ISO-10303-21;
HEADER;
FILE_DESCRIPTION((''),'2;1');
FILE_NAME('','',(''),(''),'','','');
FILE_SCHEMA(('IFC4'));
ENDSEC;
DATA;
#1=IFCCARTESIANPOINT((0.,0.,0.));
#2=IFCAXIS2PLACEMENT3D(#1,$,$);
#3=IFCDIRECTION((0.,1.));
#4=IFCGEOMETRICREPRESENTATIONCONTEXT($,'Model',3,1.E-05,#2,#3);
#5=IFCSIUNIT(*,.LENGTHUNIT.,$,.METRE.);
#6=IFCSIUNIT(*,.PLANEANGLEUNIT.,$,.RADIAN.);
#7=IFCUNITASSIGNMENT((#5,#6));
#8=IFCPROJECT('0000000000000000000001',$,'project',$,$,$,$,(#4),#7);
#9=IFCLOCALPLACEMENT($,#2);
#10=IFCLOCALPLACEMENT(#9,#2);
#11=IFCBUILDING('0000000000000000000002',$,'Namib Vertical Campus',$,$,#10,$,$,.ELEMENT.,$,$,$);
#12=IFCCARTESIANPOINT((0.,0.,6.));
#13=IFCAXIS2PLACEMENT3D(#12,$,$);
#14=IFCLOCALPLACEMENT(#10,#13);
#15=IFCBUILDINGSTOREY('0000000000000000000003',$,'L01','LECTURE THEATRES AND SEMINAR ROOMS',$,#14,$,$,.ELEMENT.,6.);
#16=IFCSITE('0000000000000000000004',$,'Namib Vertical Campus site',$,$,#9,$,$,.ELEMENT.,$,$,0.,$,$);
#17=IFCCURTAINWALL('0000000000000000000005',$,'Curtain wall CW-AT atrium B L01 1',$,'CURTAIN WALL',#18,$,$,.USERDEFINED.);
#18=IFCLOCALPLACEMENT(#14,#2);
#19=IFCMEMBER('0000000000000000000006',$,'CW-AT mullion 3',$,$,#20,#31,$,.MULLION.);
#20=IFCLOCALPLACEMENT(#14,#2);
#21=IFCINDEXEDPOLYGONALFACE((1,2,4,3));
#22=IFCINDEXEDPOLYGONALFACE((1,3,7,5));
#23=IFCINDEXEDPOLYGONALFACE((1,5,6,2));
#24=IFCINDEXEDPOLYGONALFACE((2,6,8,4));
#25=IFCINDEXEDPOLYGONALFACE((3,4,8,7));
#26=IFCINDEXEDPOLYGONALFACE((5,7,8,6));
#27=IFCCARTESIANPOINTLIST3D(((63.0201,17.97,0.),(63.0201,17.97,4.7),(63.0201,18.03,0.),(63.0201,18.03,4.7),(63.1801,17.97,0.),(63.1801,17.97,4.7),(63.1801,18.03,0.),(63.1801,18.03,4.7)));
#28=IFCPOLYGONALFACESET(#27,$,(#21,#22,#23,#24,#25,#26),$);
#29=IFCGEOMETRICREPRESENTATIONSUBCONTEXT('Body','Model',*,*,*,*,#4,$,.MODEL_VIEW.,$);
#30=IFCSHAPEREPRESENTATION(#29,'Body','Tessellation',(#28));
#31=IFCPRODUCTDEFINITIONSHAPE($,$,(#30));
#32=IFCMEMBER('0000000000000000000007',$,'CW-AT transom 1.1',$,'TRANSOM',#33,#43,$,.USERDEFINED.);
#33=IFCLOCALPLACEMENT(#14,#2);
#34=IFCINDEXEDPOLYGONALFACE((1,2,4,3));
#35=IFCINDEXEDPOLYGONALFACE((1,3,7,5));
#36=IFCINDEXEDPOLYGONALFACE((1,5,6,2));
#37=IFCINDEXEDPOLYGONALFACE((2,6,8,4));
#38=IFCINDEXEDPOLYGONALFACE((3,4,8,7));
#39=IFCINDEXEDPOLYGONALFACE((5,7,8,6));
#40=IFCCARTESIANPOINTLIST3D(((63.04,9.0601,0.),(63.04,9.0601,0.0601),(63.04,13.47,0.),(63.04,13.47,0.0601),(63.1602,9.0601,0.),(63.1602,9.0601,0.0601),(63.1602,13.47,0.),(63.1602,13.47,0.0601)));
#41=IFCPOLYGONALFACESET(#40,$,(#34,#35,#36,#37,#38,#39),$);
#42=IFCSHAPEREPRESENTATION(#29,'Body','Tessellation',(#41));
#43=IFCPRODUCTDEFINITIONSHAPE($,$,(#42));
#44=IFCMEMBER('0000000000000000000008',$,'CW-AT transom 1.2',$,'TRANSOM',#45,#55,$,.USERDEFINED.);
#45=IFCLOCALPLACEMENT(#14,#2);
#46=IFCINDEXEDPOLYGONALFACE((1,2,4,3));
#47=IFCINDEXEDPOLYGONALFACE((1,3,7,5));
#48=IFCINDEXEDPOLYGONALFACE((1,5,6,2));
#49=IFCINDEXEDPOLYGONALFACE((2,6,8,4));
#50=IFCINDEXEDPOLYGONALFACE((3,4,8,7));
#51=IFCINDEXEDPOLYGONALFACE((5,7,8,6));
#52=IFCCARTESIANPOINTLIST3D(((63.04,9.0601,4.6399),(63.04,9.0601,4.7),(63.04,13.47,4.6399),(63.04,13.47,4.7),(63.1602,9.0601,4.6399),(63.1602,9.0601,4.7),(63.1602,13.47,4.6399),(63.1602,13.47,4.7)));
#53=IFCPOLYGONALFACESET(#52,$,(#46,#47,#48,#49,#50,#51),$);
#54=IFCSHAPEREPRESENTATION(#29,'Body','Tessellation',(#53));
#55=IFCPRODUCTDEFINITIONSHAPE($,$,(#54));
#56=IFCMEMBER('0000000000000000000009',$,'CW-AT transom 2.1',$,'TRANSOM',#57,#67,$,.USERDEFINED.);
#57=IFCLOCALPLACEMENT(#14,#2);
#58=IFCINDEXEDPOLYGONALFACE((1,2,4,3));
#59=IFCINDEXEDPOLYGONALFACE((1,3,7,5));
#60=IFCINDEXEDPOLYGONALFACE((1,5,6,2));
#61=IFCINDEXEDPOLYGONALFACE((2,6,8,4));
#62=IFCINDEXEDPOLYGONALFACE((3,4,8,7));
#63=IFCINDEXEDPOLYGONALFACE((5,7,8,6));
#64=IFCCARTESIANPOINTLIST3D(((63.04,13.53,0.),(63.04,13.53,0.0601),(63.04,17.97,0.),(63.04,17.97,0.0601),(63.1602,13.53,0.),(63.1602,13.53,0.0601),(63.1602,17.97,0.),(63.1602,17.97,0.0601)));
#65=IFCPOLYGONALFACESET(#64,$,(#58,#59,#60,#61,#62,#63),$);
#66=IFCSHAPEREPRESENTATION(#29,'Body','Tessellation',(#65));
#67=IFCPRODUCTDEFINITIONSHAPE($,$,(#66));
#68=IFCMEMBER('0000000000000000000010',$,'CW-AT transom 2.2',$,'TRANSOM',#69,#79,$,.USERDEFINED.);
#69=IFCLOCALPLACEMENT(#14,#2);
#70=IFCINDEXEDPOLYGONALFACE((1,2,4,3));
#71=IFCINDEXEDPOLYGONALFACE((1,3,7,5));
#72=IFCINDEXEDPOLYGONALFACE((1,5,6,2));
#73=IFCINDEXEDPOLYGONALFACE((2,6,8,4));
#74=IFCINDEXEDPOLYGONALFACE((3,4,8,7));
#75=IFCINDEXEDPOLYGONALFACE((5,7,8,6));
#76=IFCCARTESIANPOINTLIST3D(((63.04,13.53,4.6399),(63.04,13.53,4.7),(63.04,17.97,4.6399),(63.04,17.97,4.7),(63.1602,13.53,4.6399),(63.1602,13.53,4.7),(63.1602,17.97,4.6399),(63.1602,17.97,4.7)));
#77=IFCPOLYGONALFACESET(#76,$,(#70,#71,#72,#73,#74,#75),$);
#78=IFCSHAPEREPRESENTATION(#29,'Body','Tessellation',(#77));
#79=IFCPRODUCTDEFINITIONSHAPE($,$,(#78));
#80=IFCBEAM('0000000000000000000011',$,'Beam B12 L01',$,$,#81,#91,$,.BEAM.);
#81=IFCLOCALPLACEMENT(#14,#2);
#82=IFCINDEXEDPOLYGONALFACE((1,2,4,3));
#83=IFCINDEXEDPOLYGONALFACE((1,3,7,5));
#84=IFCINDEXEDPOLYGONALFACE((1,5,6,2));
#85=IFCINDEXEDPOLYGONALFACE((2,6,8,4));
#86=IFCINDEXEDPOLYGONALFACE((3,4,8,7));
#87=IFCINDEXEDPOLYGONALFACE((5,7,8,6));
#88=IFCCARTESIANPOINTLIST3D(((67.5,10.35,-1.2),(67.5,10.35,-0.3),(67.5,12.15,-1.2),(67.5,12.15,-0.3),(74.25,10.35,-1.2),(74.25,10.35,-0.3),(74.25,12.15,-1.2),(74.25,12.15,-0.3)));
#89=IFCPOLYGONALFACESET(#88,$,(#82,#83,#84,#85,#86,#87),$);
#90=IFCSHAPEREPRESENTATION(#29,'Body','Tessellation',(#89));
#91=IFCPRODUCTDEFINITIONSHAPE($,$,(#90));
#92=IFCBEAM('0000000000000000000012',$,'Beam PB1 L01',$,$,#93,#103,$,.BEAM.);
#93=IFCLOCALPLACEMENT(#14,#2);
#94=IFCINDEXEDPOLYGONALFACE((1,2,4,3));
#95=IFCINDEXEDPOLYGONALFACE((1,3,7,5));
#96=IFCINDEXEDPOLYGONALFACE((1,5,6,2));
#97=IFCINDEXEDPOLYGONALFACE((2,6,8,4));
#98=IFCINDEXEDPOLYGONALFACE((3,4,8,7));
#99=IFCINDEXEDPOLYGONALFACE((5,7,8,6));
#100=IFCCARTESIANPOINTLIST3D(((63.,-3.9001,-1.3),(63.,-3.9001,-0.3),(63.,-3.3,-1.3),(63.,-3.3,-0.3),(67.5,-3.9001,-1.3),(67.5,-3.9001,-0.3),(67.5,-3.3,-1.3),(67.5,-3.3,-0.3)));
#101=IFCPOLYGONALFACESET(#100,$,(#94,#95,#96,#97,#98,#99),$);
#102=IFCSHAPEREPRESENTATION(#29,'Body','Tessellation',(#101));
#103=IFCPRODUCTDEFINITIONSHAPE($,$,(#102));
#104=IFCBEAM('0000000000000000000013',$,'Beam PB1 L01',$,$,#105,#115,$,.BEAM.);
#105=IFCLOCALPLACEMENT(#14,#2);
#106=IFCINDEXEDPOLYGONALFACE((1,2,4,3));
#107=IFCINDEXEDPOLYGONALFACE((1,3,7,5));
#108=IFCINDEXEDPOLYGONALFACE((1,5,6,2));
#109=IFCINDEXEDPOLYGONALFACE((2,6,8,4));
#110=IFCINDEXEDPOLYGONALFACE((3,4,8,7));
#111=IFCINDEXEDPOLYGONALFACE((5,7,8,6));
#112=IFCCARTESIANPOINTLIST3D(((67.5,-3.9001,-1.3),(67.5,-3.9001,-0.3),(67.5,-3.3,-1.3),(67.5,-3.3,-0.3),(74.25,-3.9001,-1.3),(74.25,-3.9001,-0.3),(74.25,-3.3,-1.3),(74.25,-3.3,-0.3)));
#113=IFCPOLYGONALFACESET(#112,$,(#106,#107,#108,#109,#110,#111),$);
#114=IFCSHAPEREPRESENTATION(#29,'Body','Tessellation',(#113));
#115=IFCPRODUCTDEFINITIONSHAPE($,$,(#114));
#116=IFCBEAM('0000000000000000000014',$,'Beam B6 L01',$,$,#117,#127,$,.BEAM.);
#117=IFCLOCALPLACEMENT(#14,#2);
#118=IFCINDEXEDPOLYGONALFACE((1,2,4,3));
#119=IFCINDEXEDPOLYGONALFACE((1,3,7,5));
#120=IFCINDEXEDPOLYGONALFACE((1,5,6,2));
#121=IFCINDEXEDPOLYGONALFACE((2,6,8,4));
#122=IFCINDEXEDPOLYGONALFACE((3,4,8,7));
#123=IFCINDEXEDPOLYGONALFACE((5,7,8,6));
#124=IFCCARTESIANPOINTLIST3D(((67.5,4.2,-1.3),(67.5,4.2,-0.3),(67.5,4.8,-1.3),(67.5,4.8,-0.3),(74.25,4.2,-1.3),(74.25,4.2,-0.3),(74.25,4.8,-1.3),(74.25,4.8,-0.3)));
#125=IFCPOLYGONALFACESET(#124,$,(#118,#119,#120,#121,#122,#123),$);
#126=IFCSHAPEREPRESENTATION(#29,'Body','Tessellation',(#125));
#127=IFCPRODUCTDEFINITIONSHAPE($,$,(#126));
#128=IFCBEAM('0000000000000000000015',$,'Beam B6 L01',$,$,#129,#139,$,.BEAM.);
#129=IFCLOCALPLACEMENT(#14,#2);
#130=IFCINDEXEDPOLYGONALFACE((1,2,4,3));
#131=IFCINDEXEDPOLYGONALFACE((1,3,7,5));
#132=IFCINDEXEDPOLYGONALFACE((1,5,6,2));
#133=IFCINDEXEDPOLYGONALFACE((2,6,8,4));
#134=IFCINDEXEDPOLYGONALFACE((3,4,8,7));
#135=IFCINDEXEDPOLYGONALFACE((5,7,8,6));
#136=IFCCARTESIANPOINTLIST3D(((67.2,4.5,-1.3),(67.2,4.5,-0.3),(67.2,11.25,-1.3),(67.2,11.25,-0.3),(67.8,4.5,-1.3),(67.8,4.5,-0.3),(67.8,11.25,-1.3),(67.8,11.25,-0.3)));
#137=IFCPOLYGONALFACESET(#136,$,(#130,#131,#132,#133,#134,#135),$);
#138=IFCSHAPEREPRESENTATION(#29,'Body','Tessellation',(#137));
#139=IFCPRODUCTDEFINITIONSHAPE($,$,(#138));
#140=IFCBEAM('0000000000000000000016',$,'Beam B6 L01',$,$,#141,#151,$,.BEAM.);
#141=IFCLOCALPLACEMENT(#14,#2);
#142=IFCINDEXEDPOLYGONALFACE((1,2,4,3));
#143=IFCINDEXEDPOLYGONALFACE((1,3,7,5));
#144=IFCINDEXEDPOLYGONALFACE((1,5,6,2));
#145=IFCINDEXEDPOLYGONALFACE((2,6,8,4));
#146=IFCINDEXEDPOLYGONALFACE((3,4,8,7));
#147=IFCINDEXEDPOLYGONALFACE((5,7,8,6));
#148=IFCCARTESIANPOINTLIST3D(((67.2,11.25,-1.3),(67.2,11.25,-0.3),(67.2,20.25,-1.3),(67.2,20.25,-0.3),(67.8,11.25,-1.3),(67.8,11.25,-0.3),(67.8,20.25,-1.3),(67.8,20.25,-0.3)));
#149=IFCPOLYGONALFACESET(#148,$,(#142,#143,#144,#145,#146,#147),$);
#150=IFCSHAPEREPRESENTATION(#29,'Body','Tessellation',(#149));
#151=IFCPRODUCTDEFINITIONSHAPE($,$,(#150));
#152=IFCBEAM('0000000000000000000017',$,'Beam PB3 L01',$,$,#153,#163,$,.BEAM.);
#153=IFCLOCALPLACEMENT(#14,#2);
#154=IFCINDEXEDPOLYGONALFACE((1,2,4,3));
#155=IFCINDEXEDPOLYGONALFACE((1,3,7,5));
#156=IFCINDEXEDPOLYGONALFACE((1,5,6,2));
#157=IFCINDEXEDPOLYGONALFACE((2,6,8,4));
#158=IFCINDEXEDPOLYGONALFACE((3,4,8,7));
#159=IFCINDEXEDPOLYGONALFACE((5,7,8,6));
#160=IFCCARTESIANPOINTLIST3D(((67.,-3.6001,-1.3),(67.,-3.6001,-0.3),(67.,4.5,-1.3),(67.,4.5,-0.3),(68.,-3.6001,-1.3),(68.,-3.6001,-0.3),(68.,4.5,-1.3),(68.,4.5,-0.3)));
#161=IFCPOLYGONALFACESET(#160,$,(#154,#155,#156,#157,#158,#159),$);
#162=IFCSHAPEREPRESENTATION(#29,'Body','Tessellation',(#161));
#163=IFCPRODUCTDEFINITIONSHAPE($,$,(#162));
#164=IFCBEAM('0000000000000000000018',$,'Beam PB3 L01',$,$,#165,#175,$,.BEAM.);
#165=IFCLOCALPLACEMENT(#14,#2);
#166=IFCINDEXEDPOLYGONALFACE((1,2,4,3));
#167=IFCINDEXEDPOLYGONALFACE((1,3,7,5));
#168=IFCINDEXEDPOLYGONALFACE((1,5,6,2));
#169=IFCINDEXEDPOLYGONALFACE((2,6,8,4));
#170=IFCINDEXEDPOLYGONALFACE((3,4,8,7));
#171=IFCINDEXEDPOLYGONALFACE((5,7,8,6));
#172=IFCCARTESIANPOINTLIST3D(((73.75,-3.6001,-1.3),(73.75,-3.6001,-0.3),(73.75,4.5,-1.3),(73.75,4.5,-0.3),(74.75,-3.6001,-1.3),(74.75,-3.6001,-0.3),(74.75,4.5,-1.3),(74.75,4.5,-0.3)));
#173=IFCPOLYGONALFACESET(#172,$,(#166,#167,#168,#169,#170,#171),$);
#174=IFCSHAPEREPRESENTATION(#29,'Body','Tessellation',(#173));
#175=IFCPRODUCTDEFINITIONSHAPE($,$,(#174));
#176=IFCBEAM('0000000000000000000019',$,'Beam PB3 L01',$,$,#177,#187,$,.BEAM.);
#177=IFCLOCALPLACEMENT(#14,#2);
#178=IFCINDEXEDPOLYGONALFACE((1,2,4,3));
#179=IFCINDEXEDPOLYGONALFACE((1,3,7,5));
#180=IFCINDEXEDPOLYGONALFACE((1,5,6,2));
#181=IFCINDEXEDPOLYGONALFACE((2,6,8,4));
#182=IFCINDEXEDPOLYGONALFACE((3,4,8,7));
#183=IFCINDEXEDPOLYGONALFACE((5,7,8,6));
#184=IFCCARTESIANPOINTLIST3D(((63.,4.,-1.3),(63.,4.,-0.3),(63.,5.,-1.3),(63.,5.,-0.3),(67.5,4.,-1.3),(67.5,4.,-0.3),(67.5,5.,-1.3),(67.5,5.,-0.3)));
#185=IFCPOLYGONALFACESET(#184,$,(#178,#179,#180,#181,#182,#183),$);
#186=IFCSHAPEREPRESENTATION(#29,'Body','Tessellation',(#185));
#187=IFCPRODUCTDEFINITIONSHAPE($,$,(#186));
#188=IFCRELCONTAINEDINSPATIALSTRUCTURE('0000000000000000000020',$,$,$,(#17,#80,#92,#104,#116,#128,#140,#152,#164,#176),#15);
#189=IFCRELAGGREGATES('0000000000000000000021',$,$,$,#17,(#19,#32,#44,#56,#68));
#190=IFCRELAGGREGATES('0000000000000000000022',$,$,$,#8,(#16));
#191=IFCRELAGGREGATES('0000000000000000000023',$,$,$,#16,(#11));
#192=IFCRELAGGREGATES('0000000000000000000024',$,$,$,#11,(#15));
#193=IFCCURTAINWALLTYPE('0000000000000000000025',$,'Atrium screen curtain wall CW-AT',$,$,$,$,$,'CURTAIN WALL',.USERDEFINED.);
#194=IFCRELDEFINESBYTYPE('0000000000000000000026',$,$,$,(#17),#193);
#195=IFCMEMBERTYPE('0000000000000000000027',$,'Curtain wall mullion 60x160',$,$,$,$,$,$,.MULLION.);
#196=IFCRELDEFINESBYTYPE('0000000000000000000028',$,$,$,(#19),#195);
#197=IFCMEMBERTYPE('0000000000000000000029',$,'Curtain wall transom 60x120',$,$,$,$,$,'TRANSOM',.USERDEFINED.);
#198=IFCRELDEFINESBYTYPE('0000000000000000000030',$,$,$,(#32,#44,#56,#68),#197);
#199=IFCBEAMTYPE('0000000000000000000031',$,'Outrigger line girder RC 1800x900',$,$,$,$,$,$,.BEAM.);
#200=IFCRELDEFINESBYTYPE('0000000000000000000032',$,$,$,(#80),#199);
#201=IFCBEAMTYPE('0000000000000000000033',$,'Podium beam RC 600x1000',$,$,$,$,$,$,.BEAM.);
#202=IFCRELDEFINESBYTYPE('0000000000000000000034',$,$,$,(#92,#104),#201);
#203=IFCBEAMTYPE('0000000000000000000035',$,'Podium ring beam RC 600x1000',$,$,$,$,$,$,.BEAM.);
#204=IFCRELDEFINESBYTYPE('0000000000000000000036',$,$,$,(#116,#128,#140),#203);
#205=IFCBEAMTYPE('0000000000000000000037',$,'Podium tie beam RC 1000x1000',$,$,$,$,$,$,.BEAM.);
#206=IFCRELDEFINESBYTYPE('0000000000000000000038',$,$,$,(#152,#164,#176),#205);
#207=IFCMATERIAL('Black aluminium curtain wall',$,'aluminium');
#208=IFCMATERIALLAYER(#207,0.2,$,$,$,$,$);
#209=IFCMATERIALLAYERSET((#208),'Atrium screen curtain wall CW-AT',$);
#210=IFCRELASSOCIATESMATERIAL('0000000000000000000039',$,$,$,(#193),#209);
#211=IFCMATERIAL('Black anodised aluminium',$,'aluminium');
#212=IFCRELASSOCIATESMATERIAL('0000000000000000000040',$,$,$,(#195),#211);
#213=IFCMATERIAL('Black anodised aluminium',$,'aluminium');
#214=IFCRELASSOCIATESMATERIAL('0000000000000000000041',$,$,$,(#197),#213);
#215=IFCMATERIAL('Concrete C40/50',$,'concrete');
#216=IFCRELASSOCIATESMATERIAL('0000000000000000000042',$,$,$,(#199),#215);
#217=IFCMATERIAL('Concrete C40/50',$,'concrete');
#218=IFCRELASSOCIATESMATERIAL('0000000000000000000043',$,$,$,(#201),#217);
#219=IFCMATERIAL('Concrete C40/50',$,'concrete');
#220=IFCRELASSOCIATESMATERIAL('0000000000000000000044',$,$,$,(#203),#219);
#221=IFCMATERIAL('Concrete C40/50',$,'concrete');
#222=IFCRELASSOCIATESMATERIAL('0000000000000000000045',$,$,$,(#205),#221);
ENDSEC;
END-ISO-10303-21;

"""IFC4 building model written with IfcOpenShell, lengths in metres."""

from ifc_helpers import new_model, si_unit, direction, frame, origin, origin_2d, place, context, subcontext, project, spatial, rectangle, extrude, material, layer, layer_set, material_profile, profile_set, type_object, element, aggregate, save


model = new_model("IFC4")

# Units and contexts
model_context = context("Model", 3, precision=1e-05, world=origin(), true_north=direction((0.0, 1.0)))
body_context = subcontext(model_context, "Body", "Model", "MODEL_VIEW")
ifc_project = project(units=[si_unit("LENGTHUNIT", "METRE"), si_unit("PLANEANGLEUNIT", "RADIAN")], contexts=[model_context])

# Site, building, storey
site_placement = place(None, origin())
site = spatial("IfcSite", under=ifc_project, at=site_placement, Name="Namib Vertical Campus site", CompositionType="ELEMENT", RefElevation=0.0)
building_placement = place(site_placement, origin())
building = spatial("IfcBuilding", under=site, at=building_placement, Name="Namib Vertical Campus", CompositionType="ELEMENT")
storey_placement = place(building_placement, frame((0.0, 0.0, 6.0)))
storey = spatial("IfcBuildingStorey", under=building, at=storey_placement, Name="L01", Description="LECTURE THEATRES AND SEMINAR ROOMS", CompositionType="ELEMENT", Elevation=6.0)

# Curtain wall, members
ifc_material_1 = material(Name="Black aluminium curtain wall", Category="aluminium")
ifc_layer_1 = layer(ifc_material_1, 0.2)
ifc_layer_set_1 = layer_set([ifc_layer_1], Name="Atrium screen curtain wall CW-AT")
curtain_wall_type = type_object("IfcCurtainWallType", Name="Atrium screen curtain wall CW-AT", ElementType="CURTAIN WALL", PredefinedType="USERDEFINED", material=ifc_layer_set_1)
curtain_wall_placement = place(storey_placement, origin())
curtain_wall = element("IfcCurtainWall", 1, at=curtain_wall_placement, inside=storey, type_object=curtain_wall_type, Name="Curtain wall CW-AT atrium B L01 1", ObjectType="CURTAIN WALL", PredefinedType="USERDEFINED")
ifc_material_2 = material(Name="Black anodised aluminium", Category="aluminium")
ifc_material_profile_1 = material_profile(ifc_material_2, rectangle(XDim=0.0601, YDim=0.1599, at=origin_2d()))
ifc_profile_set_1 = profile_set([ifc_material_profile_1], Name="Black anodised aluminium")
member_type_1 = type_object("IfcMemberType", Name="Curtain wall mullion 60x160", PredefinedType="MULLION", material=ifc_profile_set_1)
member_1_placement = place(storey_placement, frame((63.1001, 18.0, 0.0), z_axis=(0.0, 0.0, 1.0), x_axis=(0.0, 1.0, 0.0)))
member_1 = element("IfcMember", 2, at=member_1_placement, type_object=member_type_1, Name="CW-AT mullion 3", PredefinedType="MULLION", context=body_context, shape_type="SweptSolid", body=[
    extrude(rectangle(XDim=0.0601, YDim=0.1599, at=origin_2d()), origin(), (0.0, 0.0, 1.0), 4.7),
])
ifc_material_3 = material(Name="Black anodised aluminium", Category="aluminium")
ifc_material_profile_2 = material_profile(ifc_material_3, rectangle(XDim=0.0601, YDim=0.1201, at=origin_2d()))
ifc_profile_set_2 = profile_set([ifc_material_profile_2], Name="Black anodised aluminium")
member_type_2 = type_object("IfcMemberType", Name="Curtain wall transom 60x120", ElementType="TRANSOM", PredefinedType="USERDEFINED", material=ifc_profile_set_2)
member_2_placement = place(storey_placement, frame((63.1001, 9.0601, 0.03), z_axis=(0.0, 1.0, 0.0), x_axis=(0.0, 0.0, 1.0)))
member_2 = element("IfcMember", 3, at=member_2_placement, type_object=member_type_2, Name="CW-AT transom 1.1", ObjectType="TRANSOM", PredefinedType="USERDEFINED", context=body_context, shape_type="SweptSolid", body=[
    extrude(rectangle(XDim=0.0601, YDim=0.1201, at=origin_2d()), origin(), (0.0, 0.0, 1.0), 4.4099),
])
member_3_placement = place(storey_placement, frame((63.1001, 9.0601, 4.6699), z_axis=(0.0, 1.0, 0.0), x_axis=(0.0, 0.0, 1.0)))
member_3 = element("IfcMember", 4, at=member_3_placement, type_object=member_type_2, Name="CW-AT transom 1.2", ObjectType="TRANSOM", PredefinedType="USERDEFINED", context=body_context, shape_type="SweptSolid", body=[
    extrude(rectangle(XDim=0.0601, YDim=0.1201, at=origin_2d()), origin(), (0.0, 0.0, 1.0), 4.4099),
])
member_4_placement = place(storey_placement, frame((63.1001, 13.53, 0.03), z_axis=(0.0, 1.0, 0.0), x_axis=(0.0, 0.0, 1.0)))
member_4 = element("IfcMember", 5, at=member_4_placement, type_object=member_type_2, Name="CW-AT transom 2.1", ObjectType="TRANSOM", PredefinedType="USERDEFINED", context=body_context, shape_type="SweptSolid", body=[
    extrude(rectangle(XDim=0.0601, YDim=0.1201, at=origin_2d()), origin(), (0.0, 0.0, 1.0), 4.4399),
])
member_5_placement = place(storey_placement, frame((63.1001, 13.53, 4.6699), z_axis=(0.0, 1.0, 0.0), x_axis=(0.0, 0.0, 1.0)))
member_5 = element("IfcMember", 6, at=member_5_placement, type_object=member_type_2, Name="CW-AT transom 2.2", ObjectType="TRANSOM", PredefinedType="USERDEFINED", context=body_context, shape_type="SweptSolid", body=[
    extrude(rectangle(XDim=0.0601, YDim=0.1201, at=origin_2d()), origin(), (0.0, 0.0, 1.0), 4.4399),
])

# Beams
ifc_material_4 = material(Name="Concrete C40/50", Category="concrete")
ifc_material_profile_3 = material_profile(ifc_material_4, rectangle(XDim=1.8, YDim=0.8999, at=origin_2d()))
ifc_profile_set_3 = profile_set([ifc_material_profile_3], Name="Concrete C40/50")
beam_type_1 = type_object("IfcBeamType", Name="Outrigger line girder RC 1800x900", PredefinedType="BEAM", material=ifc_profile_set_3)
beam_1_placement = place(storey_placement, frame((67.5, 11.25, -0.75), z_axis=(1.0, 0.0, 0.0), x_axis=(0.0, 1.0, 0.0)))
element("IfcBeam", 7, at=beam_1_placement, inside=storey, type_object=beam_type_1, Name="Beam B12 L01", PredefinedType="BEAM", context=body_context, shape_type="SweptSolid", body=[
    extrude(rectangle(XDim=1.8, YDim=0.8999, at=origin_2d()), origin(), (0.0, 0.0, 1.0), 6.75),
])
ifc_material_5 = material(Name="Concrete C40/50", Category="concrete")
ifc_material_profile_4 = material_profile(ifc_material_5, rectangle(XDim=0.6001, YDim=1.0, at=origin_2d()))
ifc_profile_set_4 = profile_set([ifc_material_profile_4], Name="Concrete C40/50")
beam_type_2 = type_object("IfcBeamType", Name="Podium beam RC 600x1000", PredefinedType="BEAM", material=ifc_profile_set_4)
beam_2_placement = place(storey_placement, frame((63.0, -3.6001, -0.8), z_axis=(1.0, 0.0, 0.0), x_axis=(0.0, 1.0, 0.0)))
element("IfcBeam", 8, at=beam_2_placement, inside=storey, type_object=beam_type_2, Name="Beam PB1 L01", PredefinedType="BEAM", context=body_context, shape_type="SweptSolid", body=[
    extrude(rectangle(XDim=0.6001, YDim=1.0, at=origin_2d()), origin(), (0.0, 0.0, 1.0), 4.5),
])
beam_3_placement = place(storey_placement, frame((67.5, -3.6001, -0.8), z_axis=(1.0, 0.0, 0.0), x_axis=(0.0, 1.0, 0.0)))
element("IfcBeam", 9, at=beam_3_placement, inside=storey, type_object=beam_type_2, Name="Beam PB1 L01", PredefinedType="BEAM", context=body_context, shape_type="SweptSolid", body=[
    extrude(rectangle(XDim=0.6001, YDim=1.0, at=origin_2d()), origin(), (0.0, 0.0, 1.0), 6.75),
])
ifc_material_6 = material(Name="Concrete C40/50", Category="concrete")
ifc_material_profile_5 = material_profile(ifc_material_6, rectangle(XDim=0.6001, YDim=1.0, at=origin_2d()))
ifc_profile_set_5 = profile_set([ifc_material_profile_5], Name="Concrete C40/50")
beam_type_3 = type_object("IfcBeamType", Name="Podium ring beam RC 600x1000", PredefinedType="BEAM", material=ifc_profile_set_5)
for number, where, z_axis, x_axis, name in (
    (10, (67.5, 4.5, -0.8), (1.0, 0.0, 0.0), (0.0, 1.0, 0.0), "Beam B6 L01"),
    (11, (67.5, 4.5, -0.8), (0.0, 1.0, 0.0), (-1.0, 0.0, 0.0), "Beam B6 L01"),
):
    element("IfcBeam", number, at=place(storey_placement, frame(where, z_axis=z_axis, x_axis=x_axis)), inside=storey, type_object=beam_type_3, Name=name, PredefinedType="BEAM", context=body_context, shape_type="SweptSolid", body=[
        extrude(rectangle(XDim=0.6001, YDim=1.0, at=origin_2d()), origin(), (0.0, 0.0, 1.0), 6.75),
    ])
beam_4_placement = place(storey_placement, frame((67.5, 11.25, -0.8), z_axis=(0.0, 1.0, 0.0), x_axis=(-1.0, 0.0, 0.0)))
element("IfcBeam", 12, at=beam_4_placement, inside=storey, type_object=beam_type_3, Name="Beam B6 L01", PredefinedType="BEAM", context=body_context, shape_type="SweptSolid", body=[
    extrude(rectangle(XDim=0.6001, YDim=1.0, at=origin_2d()), origin(), (0.0, 0.0, 1.0), 9.0),
])
ifc_material_7 = material(Name="Concrete C40/50", Category="concrete")
ifc_material_profile_6 = material_profile(ifc_material_7, rectangle(XDim=1.0, YDim=1.0, at=origin_2d()))
ifc_profile_set_6 = profile_set([ifc_material_profile_6], Name="Concrete C40/50")
beam_type_4 = type_object("IfcBeamType", Name="Podium tie beam RC 1000x1000", PredefinedType="BEAM", material=ifc_profile_set_6)
for number, where, z_axis, x_axis, name in (
    (13, (67.5, -3.6001, -0.8), (0.0, 1.0, 0.0), (-1.0, 0.0, 0.0), "Beam PB3 L01"),
    (14, (74.25, -3.6001, -0.8), (0.0, 1.0, 0.0), (-1.0, 0.0, 0.0), "Beam PB3 L01"),
):
    element("IfcBeam", number, at=place(storey_placement, frame(where, z_axis=z_axis, x_axis=x_axis)), inside=storey, type_object=beam_type_4, Name=name, PredefinedType="BEAM", context=body_context, shape_type="SweptSolid", body=[
        extrude(rectangle(XDim=1.0, YDim=1.0, at=origin_2d()), origin(), (0.0, 0.0, 1.0), 8.1001),
    ])
beam_5_placement = place(storey_placement, frame((63.0, 4.5, -0.8), z_axis=(1.0, 0.0, 0.0), x_axis=(0.0, 1.0, 0.0)))
element("IfcBeam", 15, at=beam_5_placement, inside=storey, type_object=beam_type_4, Name="Beam PB3 L01", PredefinedType="BEAM", context=body_context, shape_type="SweptSolid", body=[
    extrude(rectangle(XDim=1.0, YDim=1.0, at=origin_2d()), origin(), (0.0, 0.0, 1.0), 4.5),
])

aggregate(curtain_wall, [member_1, member_2, member_3, member_4, member_5])

save(model, "model.ifc")
